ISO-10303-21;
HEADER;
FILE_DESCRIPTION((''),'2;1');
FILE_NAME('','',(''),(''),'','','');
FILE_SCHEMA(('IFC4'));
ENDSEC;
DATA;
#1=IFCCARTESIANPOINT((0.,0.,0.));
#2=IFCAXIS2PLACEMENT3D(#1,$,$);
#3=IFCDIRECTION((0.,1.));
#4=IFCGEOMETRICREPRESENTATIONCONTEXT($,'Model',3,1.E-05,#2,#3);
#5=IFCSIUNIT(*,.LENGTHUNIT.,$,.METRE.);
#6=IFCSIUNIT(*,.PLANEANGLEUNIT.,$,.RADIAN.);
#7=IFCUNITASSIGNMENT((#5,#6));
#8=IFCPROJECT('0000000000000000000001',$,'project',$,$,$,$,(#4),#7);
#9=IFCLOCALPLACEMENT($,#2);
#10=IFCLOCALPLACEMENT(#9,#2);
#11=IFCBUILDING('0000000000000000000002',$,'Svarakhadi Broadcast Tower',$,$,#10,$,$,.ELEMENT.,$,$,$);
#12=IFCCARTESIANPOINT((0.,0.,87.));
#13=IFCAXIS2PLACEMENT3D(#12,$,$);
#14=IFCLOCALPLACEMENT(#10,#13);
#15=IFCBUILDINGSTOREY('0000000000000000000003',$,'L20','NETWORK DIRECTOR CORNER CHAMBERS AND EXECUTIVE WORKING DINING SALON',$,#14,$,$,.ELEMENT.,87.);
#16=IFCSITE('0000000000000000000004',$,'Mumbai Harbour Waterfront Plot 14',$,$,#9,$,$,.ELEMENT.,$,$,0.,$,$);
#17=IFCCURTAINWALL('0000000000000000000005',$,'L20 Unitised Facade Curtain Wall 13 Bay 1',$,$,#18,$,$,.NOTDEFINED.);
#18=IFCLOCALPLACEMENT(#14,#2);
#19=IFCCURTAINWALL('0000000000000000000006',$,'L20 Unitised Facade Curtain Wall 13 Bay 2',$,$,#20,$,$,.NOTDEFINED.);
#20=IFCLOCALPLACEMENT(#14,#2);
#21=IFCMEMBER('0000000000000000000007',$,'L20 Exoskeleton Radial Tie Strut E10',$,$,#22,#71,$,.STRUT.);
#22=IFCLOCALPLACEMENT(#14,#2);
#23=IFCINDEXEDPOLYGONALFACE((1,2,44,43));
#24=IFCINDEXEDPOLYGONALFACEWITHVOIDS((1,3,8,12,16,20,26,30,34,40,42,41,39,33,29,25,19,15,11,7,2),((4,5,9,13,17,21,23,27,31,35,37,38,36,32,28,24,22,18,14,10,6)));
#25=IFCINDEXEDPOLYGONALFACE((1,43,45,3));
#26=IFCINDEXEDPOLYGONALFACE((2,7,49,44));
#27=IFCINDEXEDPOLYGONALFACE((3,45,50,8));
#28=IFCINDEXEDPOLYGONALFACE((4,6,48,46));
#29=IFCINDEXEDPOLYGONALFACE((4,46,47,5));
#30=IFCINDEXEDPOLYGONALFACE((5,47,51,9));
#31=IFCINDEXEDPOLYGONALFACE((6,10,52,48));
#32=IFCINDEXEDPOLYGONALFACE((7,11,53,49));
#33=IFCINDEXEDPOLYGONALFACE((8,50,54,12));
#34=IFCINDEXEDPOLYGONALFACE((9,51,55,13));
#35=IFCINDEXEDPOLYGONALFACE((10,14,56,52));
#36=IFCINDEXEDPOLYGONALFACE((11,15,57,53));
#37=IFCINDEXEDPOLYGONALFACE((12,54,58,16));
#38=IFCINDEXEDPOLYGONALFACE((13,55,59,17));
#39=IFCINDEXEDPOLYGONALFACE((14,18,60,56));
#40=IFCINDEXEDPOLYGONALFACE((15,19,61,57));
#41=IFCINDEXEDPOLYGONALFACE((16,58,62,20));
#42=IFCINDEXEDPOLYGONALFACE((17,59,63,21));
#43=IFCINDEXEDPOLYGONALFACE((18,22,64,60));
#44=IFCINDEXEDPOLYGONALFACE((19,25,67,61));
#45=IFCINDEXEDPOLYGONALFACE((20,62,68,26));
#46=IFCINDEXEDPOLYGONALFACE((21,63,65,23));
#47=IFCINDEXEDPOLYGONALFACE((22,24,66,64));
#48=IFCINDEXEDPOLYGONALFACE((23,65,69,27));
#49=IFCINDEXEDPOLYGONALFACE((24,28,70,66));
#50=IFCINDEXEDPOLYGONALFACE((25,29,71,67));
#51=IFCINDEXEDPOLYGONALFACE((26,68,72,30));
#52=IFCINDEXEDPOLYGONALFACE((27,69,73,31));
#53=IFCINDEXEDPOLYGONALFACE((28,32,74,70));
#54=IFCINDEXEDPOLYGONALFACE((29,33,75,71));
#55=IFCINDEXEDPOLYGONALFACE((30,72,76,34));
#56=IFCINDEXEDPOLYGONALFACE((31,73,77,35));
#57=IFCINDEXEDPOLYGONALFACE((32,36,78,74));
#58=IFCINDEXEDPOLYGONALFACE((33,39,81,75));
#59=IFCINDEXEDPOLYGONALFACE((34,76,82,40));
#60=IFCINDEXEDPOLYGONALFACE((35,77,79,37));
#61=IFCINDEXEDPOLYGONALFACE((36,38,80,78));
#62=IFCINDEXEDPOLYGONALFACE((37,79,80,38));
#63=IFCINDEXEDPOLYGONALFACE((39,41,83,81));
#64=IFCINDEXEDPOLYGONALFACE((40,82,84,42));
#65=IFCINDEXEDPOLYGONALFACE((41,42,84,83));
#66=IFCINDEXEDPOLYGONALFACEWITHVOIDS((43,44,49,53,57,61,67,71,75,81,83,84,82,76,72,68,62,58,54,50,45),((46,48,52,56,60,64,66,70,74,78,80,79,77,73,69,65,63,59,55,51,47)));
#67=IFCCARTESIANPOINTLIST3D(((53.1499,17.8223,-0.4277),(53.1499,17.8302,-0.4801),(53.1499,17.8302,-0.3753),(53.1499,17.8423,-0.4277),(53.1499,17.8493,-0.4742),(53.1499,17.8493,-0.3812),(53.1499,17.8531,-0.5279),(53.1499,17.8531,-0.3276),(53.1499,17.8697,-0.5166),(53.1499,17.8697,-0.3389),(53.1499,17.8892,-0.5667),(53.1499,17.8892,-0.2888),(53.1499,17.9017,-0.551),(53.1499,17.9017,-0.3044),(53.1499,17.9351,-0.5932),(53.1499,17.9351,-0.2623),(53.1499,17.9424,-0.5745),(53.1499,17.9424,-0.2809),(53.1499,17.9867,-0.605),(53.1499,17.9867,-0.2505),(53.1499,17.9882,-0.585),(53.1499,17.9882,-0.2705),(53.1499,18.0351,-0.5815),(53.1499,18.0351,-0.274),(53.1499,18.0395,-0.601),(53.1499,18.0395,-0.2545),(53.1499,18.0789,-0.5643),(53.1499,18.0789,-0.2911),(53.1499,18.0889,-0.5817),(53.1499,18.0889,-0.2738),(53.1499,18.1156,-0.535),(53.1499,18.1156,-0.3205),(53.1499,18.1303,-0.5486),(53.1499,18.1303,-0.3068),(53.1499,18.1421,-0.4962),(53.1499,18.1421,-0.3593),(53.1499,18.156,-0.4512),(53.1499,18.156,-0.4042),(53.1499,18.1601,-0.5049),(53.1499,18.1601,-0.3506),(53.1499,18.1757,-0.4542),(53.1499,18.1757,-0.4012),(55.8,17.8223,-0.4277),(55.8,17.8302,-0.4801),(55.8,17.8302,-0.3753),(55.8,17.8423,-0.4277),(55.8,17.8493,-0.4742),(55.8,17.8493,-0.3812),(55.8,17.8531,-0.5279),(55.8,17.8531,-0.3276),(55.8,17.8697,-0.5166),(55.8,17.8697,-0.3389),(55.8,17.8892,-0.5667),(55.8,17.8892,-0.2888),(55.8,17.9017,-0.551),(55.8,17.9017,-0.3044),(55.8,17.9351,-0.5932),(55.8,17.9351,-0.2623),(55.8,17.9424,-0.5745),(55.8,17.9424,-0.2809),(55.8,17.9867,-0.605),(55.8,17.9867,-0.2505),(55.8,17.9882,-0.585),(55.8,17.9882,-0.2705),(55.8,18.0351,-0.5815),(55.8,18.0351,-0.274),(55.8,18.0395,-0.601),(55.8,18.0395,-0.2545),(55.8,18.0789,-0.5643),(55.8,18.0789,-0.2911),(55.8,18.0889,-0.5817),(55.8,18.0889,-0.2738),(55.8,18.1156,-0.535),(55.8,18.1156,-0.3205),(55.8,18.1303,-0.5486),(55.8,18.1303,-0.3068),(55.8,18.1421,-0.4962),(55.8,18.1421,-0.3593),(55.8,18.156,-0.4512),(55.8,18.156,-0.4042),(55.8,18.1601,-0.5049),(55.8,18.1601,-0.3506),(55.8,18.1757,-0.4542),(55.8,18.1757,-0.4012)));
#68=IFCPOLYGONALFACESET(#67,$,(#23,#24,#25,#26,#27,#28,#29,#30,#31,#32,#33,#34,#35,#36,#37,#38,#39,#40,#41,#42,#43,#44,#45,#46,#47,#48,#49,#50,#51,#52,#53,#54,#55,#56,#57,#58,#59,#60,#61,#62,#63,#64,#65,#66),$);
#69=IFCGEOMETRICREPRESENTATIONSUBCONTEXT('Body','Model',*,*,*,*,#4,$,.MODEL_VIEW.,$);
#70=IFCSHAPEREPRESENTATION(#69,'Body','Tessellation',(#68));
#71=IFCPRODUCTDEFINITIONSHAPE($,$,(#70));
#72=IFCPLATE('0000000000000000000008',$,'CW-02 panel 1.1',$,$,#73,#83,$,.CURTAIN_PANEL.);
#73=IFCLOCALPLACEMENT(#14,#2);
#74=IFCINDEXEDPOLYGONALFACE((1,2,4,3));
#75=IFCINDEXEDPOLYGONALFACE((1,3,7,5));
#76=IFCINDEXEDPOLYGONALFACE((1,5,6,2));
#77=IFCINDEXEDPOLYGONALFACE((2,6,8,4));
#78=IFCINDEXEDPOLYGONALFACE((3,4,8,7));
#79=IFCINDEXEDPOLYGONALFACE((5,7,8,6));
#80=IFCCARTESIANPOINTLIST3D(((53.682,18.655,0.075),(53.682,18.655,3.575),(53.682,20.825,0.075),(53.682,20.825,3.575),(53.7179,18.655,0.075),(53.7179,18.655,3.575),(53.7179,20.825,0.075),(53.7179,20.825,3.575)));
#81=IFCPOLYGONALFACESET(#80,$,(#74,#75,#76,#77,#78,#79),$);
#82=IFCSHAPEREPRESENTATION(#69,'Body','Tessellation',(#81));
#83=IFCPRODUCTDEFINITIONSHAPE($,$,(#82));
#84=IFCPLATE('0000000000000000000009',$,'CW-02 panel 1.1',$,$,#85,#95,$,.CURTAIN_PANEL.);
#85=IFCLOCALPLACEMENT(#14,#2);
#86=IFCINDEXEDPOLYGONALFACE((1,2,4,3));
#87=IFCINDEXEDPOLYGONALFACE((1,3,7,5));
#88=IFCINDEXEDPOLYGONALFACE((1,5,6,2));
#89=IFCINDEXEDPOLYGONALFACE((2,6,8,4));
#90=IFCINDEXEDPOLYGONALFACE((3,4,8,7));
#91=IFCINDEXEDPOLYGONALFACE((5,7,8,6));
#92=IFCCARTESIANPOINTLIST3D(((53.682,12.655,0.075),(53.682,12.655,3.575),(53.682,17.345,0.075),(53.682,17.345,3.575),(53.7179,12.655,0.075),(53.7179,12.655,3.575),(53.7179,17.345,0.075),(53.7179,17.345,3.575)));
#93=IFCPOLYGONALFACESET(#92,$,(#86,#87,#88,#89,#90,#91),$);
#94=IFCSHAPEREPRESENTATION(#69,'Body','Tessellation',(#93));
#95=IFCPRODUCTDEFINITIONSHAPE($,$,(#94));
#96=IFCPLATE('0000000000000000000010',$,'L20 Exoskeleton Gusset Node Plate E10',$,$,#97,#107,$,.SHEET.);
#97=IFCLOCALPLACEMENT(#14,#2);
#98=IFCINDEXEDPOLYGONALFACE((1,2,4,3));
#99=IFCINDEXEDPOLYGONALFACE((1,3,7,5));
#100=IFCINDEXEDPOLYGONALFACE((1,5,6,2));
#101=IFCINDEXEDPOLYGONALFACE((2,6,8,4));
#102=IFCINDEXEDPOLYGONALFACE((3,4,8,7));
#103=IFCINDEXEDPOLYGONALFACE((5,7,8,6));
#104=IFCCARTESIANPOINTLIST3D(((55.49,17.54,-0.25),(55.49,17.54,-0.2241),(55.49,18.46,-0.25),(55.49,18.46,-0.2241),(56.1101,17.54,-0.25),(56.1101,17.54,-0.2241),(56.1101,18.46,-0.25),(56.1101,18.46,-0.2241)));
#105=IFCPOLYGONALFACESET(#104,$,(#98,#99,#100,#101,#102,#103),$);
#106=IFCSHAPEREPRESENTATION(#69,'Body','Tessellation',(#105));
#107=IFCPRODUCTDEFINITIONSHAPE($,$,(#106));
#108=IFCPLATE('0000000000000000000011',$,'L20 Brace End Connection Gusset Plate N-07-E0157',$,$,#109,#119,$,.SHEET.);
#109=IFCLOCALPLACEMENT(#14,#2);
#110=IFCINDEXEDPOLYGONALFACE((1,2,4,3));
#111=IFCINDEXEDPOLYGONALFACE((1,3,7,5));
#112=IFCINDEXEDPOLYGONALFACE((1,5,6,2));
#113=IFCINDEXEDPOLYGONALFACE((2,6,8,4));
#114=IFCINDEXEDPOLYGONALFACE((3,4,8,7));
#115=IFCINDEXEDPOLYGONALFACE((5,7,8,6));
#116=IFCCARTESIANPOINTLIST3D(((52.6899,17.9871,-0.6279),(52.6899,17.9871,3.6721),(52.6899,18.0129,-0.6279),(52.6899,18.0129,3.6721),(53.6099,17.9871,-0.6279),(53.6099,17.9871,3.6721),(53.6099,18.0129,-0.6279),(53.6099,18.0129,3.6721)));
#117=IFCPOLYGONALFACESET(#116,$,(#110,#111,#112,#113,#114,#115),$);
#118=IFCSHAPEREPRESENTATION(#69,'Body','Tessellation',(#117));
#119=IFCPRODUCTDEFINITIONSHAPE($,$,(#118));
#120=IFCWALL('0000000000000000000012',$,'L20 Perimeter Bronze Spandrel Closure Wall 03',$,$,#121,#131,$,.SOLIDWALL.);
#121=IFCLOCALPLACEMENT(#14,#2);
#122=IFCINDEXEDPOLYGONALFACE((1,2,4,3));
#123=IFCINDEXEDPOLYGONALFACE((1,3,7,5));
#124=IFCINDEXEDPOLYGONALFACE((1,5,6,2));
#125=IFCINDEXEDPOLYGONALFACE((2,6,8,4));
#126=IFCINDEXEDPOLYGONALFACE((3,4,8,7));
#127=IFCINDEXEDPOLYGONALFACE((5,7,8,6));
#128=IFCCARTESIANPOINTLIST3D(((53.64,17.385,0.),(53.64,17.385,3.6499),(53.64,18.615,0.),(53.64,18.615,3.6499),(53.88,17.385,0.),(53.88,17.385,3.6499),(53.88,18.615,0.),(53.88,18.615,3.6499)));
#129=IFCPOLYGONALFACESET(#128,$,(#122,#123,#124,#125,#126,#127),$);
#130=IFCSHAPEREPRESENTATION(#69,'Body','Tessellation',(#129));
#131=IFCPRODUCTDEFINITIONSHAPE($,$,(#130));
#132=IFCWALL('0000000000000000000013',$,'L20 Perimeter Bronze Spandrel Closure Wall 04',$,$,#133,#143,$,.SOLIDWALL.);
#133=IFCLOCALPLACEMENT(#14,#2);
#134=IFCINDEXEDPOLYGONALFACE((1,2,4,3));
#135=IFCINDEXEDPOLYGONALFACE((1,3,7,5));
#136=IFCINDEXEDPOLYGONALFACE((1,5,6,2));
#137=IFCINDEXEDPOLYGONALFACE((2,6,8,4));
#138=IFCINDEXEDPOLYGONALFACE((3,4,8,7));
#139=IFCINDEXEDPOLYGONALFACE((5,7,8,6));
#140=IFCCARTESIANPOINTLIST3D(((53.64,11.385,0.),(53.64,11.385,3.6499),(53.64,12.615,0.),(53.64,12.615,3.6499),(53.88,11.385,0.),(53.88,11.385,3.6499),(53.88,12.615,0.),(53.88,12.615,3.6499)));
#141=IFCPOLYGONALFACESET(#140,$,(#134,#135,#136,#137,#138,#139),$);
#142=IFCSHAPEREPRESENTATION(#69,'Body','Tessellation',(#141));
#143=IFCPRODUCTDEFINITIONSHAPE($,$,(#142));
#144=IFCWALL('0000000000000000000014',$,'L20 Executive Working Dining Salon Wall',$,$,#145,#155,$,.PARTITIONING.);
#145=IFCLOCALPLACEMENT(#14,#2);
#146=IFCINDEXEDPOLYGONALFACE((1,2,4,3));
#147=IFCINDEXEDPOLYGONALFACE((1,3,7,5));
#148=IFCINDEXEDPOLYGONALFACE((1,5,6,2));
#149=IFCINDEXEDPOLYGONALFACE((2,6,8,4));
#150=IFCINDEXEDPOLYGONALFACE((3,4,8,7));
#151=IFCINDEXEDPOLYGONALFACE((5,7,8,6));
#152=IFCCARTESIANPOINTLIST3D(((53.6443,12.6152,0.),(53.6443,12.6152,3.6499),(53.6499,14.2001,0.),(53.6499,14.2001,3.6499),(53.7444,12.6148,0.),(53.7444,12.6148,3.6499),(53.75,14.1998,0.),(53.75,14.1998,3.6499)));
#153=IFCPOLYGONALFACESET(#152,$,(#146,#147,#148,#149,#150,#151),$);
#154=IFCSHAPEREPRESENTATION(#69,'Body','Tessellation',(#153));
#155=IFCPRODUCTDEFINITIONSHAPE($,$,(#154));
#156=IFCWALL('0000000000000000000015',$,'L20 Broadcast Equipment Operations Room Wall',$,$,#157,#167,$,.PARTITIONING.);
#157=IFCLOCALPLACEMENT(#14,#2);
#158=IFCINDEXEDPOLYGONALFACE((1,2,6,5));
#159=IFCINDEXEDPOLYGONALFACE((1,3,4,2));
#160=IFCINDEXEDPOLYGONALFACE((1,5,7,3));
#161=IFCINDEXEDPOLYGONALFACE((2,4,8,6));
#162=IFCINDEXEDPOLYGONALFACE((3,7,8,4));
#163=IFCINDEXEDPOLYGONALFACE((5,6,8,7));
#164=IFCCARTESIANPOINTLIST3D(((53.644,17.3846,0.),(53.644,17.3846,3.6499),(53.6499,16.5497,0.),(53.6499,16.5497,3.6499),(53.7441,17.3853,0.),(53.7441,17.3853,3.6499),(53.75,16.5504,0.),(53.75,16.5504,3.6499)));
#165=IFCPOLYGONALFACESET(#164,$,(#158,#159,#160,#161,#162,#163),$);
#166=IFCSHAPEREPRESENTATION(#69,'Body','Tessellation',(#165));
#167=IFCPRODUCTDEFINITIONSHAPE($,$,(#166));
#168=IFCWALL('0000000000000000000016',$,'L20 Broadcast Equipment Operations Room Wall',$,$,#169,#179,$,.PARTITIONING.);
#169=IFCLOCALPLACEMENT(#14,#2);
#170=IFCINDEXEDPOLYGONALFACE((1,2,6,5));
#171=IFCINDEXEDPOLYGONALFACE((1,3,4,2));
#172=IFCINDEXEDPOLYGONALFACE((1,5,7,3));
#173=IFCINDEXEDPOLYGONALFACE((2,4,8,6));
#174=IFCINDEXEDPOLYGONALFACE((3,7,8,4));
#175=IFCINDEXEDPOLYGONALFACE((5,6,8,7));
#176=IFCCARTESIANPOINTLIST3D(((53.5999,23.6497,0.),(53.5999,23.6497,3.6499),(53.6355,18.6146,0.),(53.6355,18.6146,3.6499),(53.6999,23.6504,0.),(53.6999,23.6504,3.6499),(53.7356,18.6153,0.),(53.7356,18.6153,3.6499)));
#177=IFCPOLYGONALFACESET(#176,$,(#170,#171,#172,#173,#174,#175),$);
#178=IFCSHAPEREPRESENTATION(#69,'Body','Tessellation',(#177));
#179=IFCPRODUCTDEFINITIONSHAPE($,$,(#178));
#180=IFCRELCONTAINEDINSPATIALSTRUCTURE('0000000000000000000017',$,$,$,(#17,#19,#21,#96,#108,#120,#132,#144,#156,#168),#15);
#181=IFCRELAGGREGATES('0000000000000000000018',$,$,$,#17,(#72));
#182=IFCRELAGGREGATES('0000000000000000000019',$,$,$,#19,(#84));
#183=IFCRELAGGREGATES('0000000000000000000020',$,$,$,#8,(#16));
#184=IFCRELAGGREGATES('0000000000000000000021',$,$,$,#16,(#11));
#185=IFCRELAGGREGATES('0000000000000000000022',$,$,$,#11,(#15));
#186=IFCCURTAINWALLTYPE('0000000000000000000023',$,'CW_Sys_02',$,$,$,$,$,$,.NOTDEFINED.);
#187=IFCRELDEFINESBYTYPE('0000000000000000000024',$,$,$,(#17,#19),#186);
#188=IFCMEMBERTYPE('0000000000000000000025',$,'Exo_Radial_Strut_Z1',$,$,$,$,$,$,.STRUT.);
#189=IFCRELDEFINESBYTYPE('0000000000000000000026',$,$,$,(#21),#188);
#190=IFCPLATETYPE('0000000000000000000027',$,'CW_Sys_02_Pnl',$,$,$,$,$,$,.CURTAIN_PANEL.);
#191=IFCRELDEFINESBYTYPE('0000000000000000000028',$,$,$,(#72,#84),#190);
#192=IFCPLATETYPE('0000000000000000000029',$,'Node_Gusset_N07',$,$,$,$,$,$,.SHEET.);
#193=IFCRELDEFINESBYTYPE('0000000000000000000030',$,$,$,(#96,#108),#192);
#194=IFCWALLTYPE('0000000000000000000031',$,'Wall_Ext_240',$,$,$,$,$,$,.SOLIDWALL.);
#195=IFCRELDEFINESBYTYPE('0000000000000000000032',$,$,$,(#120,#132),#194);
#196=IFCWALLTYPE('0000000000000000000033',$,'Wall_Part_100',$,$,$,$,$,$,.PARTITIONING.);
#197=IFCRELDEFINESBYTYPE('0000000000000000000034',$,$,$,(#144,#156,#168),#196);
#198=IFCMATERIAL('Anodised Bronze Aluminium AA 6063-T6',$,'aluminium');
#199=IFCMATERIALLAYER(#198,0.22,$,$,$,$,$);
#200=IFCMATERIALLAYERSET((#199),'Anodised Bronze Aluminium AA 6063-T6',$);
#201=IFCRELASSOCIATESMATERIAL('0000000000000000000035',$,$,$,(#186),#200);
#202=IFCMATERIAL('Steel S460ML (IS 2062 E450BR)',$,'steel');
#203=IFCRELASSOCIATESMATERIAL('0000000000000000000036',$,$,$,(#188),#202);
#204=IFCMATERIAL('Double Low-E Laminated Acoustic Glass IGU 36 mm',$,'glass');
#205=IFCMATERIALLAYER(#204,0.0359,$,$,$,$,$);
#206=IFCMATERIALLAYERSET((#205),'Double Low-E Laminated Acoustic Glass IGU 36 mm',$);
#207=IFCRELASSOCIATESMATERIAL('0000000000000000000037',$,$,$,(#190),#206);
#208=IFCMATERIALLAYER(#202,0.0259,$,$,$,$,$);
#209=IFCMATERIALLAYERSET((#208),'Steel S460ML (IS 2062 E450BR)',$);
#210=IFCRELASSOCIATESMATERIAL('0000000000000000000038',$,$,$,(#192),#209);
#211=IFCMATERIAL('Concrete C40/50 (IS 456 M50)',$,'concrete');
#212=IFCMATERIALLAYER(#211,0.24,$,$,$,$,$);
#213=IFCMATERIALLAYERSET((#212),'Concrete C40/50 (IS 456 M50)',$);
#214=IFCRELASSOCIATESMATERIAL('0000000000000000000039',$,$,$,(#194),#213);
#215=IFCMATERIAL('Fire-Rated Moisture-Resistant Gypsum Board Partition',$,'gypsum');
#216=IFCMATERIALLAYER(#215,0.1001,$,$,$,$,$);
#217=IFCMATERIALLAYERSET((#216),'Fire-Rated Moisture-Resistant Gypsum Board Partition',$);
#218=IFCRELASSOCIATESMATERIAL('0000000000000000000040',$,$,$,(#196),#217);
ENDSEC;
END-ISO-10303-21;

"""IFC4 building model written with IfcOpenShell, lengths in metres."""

from ifc_helpers import new_model, si_unit, direction, frame, frame_2d, origin, origin_2d, place, context, subcontext, project, spatial, rectangle, hollow_circle, extrude, material, layer, layer_set, material_profile, profile_set, type_object, element, aggregate, save


model = new_model("IFC4")

# Units and contexts
model_context = context("Model", 3, precision=1e-05, world=origin(), true_north=direction((0.0, 1.0)))
body_context = subcontext(model_context, "Body", "Model", "MODEL_VIEW")
ifc_project = project(units=[si_unit("LENGTHUNIT", "METRE"), si_unit("PLANEANGLEUNIT", "RADIAN")], contexts=[model_context])

# Site, building, storey
site_placement = place(None, origin())
site = spatial("IfcSite", under=ifc_project, at=site_placement, Name="Mumbai Harbour Waterfront Plot 14", CompositionType="ELEMENT", RefElevation=0.0)
building_placement = place(site_placement, origin())
building = spatial("IfcBuilding", under=site, at=building_placement, Name="Svarakhadi Broadcast Tower", CompositionType="ELEMENT")
storey_placement = place(building_placement, frame((0.0, 0.0, 87.0)))
storey = spatial("IfcBuildingStorey", under=building, at=storey_placement, Name="L20", Description="NETWORK DIRECTOR CORNER CHAMBERS AND EXECUTIVE WORKING DINING SALON", CompositionType="ELEMENT", Elevation=87.0)

# Curtain wall
ifc_material_1 = material(Name="Anodised Bronze Aluminium AA 6063-T6", Category="aluminium")
ifc_layer_1 = layer(ifc_material_1, 0.22)
ifc_layer_set_1 = layer_set([ifc_layer_1], Name="Anodised Bronze Aluminium AA 6063-T6")
curtain_wall_type = type_object("IfcCurtainWallType", Name="CW_Sys_02", PredefinedType="NOTDEFINED", material=ifc_layer_set_1)
curtain_wall_1_placement = place(storey_placement, origin())
curtain_wall_1 = element("IfcCurtainWall", 1, at=curtain_wall_1_placement, inside=storey, type_object=curtain_wall_type, Name="L20 Unitised Facade Curtain Wall 13 Bay 1", PredefinedType="NOTDEFINED")

# Curtain wall
curtain_wall_2_placement = place(storey_placement, origin())
curtain_wall_2 = element("IfcCurtainWall", 2, at=curtain_wall_2_placement, inside=storey, type_object=curtain_wall_type, Name="L20 Unitised Facade Curtain Wall 13 Bay 2", PredefinedType="NOTDEFINED")

# Member
ifc_material_2 = material(Name="Steel S460ML (IS 2062 E450BR)", Category="steel")
ifc_material_profile_1 = material_profile(ifc_material_2, hollow_circle(Radius=0.1777, WallThickness=0.02, at=origin_2d()), Name="CHS 355.6x20")
ifc_profile_set_1 = profile_set([ifc_material_profile_1], Name="Steel S460ML (IS 2062 E450BR)")
member_type_1 = type_object("IfcMemberType", Name="Exo_Radial_Strut_Z1", PredefinedType="STRUT", material=ifc_profile_set_1)
member_1_placement = place(storey_placement, frame((55.8, 18.0, -0.4277), z_axis=(-1.0, 0.0, 0.0), x_axis=(0.0, -1.0, 0.0)))
element("IfcMember", 3, at=member_1_placement, inside=storey, type_object=member_type_1, Name="L20 Exoskeleton Radial Tie Strut E10", PredefinedType="STRUT", context=body_context, shape_type="SweptSolid", body=[
    extrude(hollow_circle(Radius=0.1777, WallThickness=0.02, at=origin_2d()), origin(), (0.0, 0.0, 1.0), 2.6501),
])

# Plates
ifc_material_3 = material(Name="Double Low-E Laminated Acoustic Glass IGU 36 mm", Category="glass")
ifc_layer_2 = layer(ifc_material_3, 0.0359)
ifc_layer_set_2 = layer_set([ifc_layer_2], Name="Double Low-E Laminated Acoustic Glass IGU 36 mm")
plate_type_1 = type_object("IfcPlateType", Name="CW_Sys_02_Pnl", PredefinedType="CURTAIN_PANEL", material=ifc_layer_set_2)
plate_1_placement = place(storey_placement, frame((53.7, 19.74, 0.075), z_axis=(0.0, 0.0, 1.0), x_axis=(0.0, -1.0, 0.0)))
plate_1 = element("IfcPlate", 4, at=plate_1_placement, type_object=plate_type_1, Name="CW-02 panel 1.1", PredefinedType="CURTAIN_PANEL", context=body_context, shape_type="SweptSolid", body=[
    extrude(rectangle(XDim=2.1699, YDim=0.0359, at=origin_2d()), origin(), (0.0, 0.0, 1.0), 3.5),
])
aggregate(curtain_wall_1, [plate_1])
plate_2_placement = place(storey_placement, frame((53.7, 15.0, 0.075), z_axis=(0.0, 0.0, 1.0), x_axis=(0.0, -1.0, 0.0)))
plate_2 = element("IfcPlate", 5, at=plate_2_placement, type_object=plate_type_1, Name="CW-02 panel 1.1", PredefinedType="CURTAIN_PANEL", context=body_context, shape_type="SweptSolid", body=[
    extrude(rectangle(XDim=4.6899, YDim=0.0359, at=origin_2d()), origin(), (0.0, 0.0, 1.0), 3.5),
])
aggregate(curtain_wall_2, [plate_2])

# Plates
ifc_layer_3 = layer(ifc_material_2, 0.0259)
ifc_layer_set_3 = layer_set([ifc_layer_3], Name="Steel S460ML (IS 2062 E450BR)")
plate_type_2 = type_object("IfcPlateType", Name="Node_Gusset_N07", PredefinedType="SHEET", material=ifc_layer_set_3)
plate_3_placement = place(storey_placement, frame((55.8, 18.0, -0.25), z_axis=(0.0, 0.0, 1.0), x_axis=(0.0, 1.0, 0.0)))
element("IfcPlate", 6, at=plate_3_placement, inside=storey, type_object=plate_type_2, Name="L20 Exoskeleton Gusset Node Plate E10", PredefinedType="SHEET", context=body_context, shape_type="SweptSolid", body=[
    extrude(rectangle(XDim=0.9199, YDim=0.6201, at=origin_2d()), origin(), (0.0, 0.0, 1.0), 0.0259),
])
plate_4_placement = place(storey_placement, frame((53.1499, 18.0, -0.6279), z_axis=(0.0, 0.0, 1.0), x_axis=(1.0, 0.0, 0.0)))
element("IfcPlate", 7, at=plate_4_placement, inside=storey, type_object=plate_type_2, Name="L20 Brace End Connection Gusset Plate N-07-E0157", PredefinedType="SHEET", context=body_context, shape_type="SweptSolid", body=[
    extrude(rectangle(XDim=0.9199, YDim=0.0259, at=origin_2d()), origin(), (0.0, 0.0, 1.0), 4.3),
])

# Walls
ifc_material_4 = material(Name="Concrete C40/50 (IS 456 M50)", Category="concrete")
ifc_layer_4 = layer(ifc_material_4, 0.24)
ifc_layer_set_4 = layer_set([ifc_layer_4], Name="Concrete C40/50 (IS 456 M50)")
wall_type_1 = type_object("IfcWallType", Name="Wall_Ext_240", PredefinedType="SOLIDWALL", material=ifc_layer_set_4)
for number, where, z_axis, x_axis, name in (
    (8, (53.76, 18.615, 0.0), (0.0, 0.0, 1.0), (0.0, -1.0, 0.0), "L20 Perimeter Bronze Spandrel Closure Wall 03"),
    (9, (53.76, 12.615, 0.0), (0.0, 0.0, 1.0), (0.0, -1.0, 0.0), "L20 Perimeter Bronze Spandrel Closure Wall 04"),
):
    element("IfcWall", number, at=place(storey_placement, frame(where, z_axis=z_axis, x_axis=x_axis)), inside=storey, type_object=wall_type_1, Name=name, PredefinedType="SOLIDWALL", context=body_context, shape_type="SweptSolid", body=[
        extrude(rectangle(XDim=1.23, YDim=0.24, at=frame_2d((0.615, 0.0))), origin(), (0.0, 0.0, 1.0), 3.6499),
    ])
ifc_material_5 = material(Name="Fire-Rated Moisture-Resistant Gypsum Board Partition", Category="gypsum")
ifc_layer_5 = layer(ifc_material_5, 0.1001)
ifc_layer_set_5 = layer_set([ifc_layer_5], Name="Fire-Rated Moisture-Resistant Gypsum Board Partition")
wall_type_2 = type_object("IfcWallType", Name="Wall_Part_100", PredefinedType="PARTITIONING", material=ifc_layer_set_5)
wall_1_placement = place(storey_placement, frame((53.6943, 12.615, 0.0), z_axis=(0.0, 0.0, 1.0), x_axis=(0.003543, 0.999994, 0.0)))
element("IfcWall", 10, at=wall_1_placement, inside=storey, type_object=wall_type_2, Name="L20 Executive Working Dining Salon Wall", PredefinedType="PARTITIONING", context=body_context, shape_type="SweptSolid", body=[
    extrude(rectangle(XDim=1.585, YDim=0.1001, at=frame_2d((0.7925, 0.0))), origin(), (0.0, 0.0, 1.0), 3.6499),
])
wall_2_placement = place(storey_placement, frame((53.7, 16.55, 0.0), z_axis=(0.0, 0.0, 1.0), x_axis=(-0.007017, 0.999975, 0.0)))
element("IfcWall", 11, at=wall_2_placement, inside=storey, type_object=wall_type_2, Name="L20 Broadcast Equipment Operations Room Wall", PredefinedType="PARTITIONING", context=body_context, shape_type="SweptSolid", body=[
    extrude(rectangle(XDim=0.835, YDim=0.1001, at=frame_2d((0.4175, 0.0))), origin(), (0.0, 0.0, 1.0), 3.6499),
])
wall_3_placement = place(storey_placement, frame((53.6855, 18.615, 0.0), z_axis=(0.0, 0.0, 1.0), x_axis=(-0.007079, 0.999975, 0.0)))
element("IfcWall", 12, at=wall_3_placement, inside=storey, type_object=wall_type_2, Name="L20 Broadcast Equipment Operations Room Wall", PredefinedType="PARTITIONING", context=body_context, shape_type="SweptSolid", body=[
    extrude(rectangle(XDim=5.0352, YDim=0.1001, at=frame_2d((2.5176, 0.0))), origin(), (0.0, 0.0, 1.0), 3.6499),
])

save(model, "model.ifc")
